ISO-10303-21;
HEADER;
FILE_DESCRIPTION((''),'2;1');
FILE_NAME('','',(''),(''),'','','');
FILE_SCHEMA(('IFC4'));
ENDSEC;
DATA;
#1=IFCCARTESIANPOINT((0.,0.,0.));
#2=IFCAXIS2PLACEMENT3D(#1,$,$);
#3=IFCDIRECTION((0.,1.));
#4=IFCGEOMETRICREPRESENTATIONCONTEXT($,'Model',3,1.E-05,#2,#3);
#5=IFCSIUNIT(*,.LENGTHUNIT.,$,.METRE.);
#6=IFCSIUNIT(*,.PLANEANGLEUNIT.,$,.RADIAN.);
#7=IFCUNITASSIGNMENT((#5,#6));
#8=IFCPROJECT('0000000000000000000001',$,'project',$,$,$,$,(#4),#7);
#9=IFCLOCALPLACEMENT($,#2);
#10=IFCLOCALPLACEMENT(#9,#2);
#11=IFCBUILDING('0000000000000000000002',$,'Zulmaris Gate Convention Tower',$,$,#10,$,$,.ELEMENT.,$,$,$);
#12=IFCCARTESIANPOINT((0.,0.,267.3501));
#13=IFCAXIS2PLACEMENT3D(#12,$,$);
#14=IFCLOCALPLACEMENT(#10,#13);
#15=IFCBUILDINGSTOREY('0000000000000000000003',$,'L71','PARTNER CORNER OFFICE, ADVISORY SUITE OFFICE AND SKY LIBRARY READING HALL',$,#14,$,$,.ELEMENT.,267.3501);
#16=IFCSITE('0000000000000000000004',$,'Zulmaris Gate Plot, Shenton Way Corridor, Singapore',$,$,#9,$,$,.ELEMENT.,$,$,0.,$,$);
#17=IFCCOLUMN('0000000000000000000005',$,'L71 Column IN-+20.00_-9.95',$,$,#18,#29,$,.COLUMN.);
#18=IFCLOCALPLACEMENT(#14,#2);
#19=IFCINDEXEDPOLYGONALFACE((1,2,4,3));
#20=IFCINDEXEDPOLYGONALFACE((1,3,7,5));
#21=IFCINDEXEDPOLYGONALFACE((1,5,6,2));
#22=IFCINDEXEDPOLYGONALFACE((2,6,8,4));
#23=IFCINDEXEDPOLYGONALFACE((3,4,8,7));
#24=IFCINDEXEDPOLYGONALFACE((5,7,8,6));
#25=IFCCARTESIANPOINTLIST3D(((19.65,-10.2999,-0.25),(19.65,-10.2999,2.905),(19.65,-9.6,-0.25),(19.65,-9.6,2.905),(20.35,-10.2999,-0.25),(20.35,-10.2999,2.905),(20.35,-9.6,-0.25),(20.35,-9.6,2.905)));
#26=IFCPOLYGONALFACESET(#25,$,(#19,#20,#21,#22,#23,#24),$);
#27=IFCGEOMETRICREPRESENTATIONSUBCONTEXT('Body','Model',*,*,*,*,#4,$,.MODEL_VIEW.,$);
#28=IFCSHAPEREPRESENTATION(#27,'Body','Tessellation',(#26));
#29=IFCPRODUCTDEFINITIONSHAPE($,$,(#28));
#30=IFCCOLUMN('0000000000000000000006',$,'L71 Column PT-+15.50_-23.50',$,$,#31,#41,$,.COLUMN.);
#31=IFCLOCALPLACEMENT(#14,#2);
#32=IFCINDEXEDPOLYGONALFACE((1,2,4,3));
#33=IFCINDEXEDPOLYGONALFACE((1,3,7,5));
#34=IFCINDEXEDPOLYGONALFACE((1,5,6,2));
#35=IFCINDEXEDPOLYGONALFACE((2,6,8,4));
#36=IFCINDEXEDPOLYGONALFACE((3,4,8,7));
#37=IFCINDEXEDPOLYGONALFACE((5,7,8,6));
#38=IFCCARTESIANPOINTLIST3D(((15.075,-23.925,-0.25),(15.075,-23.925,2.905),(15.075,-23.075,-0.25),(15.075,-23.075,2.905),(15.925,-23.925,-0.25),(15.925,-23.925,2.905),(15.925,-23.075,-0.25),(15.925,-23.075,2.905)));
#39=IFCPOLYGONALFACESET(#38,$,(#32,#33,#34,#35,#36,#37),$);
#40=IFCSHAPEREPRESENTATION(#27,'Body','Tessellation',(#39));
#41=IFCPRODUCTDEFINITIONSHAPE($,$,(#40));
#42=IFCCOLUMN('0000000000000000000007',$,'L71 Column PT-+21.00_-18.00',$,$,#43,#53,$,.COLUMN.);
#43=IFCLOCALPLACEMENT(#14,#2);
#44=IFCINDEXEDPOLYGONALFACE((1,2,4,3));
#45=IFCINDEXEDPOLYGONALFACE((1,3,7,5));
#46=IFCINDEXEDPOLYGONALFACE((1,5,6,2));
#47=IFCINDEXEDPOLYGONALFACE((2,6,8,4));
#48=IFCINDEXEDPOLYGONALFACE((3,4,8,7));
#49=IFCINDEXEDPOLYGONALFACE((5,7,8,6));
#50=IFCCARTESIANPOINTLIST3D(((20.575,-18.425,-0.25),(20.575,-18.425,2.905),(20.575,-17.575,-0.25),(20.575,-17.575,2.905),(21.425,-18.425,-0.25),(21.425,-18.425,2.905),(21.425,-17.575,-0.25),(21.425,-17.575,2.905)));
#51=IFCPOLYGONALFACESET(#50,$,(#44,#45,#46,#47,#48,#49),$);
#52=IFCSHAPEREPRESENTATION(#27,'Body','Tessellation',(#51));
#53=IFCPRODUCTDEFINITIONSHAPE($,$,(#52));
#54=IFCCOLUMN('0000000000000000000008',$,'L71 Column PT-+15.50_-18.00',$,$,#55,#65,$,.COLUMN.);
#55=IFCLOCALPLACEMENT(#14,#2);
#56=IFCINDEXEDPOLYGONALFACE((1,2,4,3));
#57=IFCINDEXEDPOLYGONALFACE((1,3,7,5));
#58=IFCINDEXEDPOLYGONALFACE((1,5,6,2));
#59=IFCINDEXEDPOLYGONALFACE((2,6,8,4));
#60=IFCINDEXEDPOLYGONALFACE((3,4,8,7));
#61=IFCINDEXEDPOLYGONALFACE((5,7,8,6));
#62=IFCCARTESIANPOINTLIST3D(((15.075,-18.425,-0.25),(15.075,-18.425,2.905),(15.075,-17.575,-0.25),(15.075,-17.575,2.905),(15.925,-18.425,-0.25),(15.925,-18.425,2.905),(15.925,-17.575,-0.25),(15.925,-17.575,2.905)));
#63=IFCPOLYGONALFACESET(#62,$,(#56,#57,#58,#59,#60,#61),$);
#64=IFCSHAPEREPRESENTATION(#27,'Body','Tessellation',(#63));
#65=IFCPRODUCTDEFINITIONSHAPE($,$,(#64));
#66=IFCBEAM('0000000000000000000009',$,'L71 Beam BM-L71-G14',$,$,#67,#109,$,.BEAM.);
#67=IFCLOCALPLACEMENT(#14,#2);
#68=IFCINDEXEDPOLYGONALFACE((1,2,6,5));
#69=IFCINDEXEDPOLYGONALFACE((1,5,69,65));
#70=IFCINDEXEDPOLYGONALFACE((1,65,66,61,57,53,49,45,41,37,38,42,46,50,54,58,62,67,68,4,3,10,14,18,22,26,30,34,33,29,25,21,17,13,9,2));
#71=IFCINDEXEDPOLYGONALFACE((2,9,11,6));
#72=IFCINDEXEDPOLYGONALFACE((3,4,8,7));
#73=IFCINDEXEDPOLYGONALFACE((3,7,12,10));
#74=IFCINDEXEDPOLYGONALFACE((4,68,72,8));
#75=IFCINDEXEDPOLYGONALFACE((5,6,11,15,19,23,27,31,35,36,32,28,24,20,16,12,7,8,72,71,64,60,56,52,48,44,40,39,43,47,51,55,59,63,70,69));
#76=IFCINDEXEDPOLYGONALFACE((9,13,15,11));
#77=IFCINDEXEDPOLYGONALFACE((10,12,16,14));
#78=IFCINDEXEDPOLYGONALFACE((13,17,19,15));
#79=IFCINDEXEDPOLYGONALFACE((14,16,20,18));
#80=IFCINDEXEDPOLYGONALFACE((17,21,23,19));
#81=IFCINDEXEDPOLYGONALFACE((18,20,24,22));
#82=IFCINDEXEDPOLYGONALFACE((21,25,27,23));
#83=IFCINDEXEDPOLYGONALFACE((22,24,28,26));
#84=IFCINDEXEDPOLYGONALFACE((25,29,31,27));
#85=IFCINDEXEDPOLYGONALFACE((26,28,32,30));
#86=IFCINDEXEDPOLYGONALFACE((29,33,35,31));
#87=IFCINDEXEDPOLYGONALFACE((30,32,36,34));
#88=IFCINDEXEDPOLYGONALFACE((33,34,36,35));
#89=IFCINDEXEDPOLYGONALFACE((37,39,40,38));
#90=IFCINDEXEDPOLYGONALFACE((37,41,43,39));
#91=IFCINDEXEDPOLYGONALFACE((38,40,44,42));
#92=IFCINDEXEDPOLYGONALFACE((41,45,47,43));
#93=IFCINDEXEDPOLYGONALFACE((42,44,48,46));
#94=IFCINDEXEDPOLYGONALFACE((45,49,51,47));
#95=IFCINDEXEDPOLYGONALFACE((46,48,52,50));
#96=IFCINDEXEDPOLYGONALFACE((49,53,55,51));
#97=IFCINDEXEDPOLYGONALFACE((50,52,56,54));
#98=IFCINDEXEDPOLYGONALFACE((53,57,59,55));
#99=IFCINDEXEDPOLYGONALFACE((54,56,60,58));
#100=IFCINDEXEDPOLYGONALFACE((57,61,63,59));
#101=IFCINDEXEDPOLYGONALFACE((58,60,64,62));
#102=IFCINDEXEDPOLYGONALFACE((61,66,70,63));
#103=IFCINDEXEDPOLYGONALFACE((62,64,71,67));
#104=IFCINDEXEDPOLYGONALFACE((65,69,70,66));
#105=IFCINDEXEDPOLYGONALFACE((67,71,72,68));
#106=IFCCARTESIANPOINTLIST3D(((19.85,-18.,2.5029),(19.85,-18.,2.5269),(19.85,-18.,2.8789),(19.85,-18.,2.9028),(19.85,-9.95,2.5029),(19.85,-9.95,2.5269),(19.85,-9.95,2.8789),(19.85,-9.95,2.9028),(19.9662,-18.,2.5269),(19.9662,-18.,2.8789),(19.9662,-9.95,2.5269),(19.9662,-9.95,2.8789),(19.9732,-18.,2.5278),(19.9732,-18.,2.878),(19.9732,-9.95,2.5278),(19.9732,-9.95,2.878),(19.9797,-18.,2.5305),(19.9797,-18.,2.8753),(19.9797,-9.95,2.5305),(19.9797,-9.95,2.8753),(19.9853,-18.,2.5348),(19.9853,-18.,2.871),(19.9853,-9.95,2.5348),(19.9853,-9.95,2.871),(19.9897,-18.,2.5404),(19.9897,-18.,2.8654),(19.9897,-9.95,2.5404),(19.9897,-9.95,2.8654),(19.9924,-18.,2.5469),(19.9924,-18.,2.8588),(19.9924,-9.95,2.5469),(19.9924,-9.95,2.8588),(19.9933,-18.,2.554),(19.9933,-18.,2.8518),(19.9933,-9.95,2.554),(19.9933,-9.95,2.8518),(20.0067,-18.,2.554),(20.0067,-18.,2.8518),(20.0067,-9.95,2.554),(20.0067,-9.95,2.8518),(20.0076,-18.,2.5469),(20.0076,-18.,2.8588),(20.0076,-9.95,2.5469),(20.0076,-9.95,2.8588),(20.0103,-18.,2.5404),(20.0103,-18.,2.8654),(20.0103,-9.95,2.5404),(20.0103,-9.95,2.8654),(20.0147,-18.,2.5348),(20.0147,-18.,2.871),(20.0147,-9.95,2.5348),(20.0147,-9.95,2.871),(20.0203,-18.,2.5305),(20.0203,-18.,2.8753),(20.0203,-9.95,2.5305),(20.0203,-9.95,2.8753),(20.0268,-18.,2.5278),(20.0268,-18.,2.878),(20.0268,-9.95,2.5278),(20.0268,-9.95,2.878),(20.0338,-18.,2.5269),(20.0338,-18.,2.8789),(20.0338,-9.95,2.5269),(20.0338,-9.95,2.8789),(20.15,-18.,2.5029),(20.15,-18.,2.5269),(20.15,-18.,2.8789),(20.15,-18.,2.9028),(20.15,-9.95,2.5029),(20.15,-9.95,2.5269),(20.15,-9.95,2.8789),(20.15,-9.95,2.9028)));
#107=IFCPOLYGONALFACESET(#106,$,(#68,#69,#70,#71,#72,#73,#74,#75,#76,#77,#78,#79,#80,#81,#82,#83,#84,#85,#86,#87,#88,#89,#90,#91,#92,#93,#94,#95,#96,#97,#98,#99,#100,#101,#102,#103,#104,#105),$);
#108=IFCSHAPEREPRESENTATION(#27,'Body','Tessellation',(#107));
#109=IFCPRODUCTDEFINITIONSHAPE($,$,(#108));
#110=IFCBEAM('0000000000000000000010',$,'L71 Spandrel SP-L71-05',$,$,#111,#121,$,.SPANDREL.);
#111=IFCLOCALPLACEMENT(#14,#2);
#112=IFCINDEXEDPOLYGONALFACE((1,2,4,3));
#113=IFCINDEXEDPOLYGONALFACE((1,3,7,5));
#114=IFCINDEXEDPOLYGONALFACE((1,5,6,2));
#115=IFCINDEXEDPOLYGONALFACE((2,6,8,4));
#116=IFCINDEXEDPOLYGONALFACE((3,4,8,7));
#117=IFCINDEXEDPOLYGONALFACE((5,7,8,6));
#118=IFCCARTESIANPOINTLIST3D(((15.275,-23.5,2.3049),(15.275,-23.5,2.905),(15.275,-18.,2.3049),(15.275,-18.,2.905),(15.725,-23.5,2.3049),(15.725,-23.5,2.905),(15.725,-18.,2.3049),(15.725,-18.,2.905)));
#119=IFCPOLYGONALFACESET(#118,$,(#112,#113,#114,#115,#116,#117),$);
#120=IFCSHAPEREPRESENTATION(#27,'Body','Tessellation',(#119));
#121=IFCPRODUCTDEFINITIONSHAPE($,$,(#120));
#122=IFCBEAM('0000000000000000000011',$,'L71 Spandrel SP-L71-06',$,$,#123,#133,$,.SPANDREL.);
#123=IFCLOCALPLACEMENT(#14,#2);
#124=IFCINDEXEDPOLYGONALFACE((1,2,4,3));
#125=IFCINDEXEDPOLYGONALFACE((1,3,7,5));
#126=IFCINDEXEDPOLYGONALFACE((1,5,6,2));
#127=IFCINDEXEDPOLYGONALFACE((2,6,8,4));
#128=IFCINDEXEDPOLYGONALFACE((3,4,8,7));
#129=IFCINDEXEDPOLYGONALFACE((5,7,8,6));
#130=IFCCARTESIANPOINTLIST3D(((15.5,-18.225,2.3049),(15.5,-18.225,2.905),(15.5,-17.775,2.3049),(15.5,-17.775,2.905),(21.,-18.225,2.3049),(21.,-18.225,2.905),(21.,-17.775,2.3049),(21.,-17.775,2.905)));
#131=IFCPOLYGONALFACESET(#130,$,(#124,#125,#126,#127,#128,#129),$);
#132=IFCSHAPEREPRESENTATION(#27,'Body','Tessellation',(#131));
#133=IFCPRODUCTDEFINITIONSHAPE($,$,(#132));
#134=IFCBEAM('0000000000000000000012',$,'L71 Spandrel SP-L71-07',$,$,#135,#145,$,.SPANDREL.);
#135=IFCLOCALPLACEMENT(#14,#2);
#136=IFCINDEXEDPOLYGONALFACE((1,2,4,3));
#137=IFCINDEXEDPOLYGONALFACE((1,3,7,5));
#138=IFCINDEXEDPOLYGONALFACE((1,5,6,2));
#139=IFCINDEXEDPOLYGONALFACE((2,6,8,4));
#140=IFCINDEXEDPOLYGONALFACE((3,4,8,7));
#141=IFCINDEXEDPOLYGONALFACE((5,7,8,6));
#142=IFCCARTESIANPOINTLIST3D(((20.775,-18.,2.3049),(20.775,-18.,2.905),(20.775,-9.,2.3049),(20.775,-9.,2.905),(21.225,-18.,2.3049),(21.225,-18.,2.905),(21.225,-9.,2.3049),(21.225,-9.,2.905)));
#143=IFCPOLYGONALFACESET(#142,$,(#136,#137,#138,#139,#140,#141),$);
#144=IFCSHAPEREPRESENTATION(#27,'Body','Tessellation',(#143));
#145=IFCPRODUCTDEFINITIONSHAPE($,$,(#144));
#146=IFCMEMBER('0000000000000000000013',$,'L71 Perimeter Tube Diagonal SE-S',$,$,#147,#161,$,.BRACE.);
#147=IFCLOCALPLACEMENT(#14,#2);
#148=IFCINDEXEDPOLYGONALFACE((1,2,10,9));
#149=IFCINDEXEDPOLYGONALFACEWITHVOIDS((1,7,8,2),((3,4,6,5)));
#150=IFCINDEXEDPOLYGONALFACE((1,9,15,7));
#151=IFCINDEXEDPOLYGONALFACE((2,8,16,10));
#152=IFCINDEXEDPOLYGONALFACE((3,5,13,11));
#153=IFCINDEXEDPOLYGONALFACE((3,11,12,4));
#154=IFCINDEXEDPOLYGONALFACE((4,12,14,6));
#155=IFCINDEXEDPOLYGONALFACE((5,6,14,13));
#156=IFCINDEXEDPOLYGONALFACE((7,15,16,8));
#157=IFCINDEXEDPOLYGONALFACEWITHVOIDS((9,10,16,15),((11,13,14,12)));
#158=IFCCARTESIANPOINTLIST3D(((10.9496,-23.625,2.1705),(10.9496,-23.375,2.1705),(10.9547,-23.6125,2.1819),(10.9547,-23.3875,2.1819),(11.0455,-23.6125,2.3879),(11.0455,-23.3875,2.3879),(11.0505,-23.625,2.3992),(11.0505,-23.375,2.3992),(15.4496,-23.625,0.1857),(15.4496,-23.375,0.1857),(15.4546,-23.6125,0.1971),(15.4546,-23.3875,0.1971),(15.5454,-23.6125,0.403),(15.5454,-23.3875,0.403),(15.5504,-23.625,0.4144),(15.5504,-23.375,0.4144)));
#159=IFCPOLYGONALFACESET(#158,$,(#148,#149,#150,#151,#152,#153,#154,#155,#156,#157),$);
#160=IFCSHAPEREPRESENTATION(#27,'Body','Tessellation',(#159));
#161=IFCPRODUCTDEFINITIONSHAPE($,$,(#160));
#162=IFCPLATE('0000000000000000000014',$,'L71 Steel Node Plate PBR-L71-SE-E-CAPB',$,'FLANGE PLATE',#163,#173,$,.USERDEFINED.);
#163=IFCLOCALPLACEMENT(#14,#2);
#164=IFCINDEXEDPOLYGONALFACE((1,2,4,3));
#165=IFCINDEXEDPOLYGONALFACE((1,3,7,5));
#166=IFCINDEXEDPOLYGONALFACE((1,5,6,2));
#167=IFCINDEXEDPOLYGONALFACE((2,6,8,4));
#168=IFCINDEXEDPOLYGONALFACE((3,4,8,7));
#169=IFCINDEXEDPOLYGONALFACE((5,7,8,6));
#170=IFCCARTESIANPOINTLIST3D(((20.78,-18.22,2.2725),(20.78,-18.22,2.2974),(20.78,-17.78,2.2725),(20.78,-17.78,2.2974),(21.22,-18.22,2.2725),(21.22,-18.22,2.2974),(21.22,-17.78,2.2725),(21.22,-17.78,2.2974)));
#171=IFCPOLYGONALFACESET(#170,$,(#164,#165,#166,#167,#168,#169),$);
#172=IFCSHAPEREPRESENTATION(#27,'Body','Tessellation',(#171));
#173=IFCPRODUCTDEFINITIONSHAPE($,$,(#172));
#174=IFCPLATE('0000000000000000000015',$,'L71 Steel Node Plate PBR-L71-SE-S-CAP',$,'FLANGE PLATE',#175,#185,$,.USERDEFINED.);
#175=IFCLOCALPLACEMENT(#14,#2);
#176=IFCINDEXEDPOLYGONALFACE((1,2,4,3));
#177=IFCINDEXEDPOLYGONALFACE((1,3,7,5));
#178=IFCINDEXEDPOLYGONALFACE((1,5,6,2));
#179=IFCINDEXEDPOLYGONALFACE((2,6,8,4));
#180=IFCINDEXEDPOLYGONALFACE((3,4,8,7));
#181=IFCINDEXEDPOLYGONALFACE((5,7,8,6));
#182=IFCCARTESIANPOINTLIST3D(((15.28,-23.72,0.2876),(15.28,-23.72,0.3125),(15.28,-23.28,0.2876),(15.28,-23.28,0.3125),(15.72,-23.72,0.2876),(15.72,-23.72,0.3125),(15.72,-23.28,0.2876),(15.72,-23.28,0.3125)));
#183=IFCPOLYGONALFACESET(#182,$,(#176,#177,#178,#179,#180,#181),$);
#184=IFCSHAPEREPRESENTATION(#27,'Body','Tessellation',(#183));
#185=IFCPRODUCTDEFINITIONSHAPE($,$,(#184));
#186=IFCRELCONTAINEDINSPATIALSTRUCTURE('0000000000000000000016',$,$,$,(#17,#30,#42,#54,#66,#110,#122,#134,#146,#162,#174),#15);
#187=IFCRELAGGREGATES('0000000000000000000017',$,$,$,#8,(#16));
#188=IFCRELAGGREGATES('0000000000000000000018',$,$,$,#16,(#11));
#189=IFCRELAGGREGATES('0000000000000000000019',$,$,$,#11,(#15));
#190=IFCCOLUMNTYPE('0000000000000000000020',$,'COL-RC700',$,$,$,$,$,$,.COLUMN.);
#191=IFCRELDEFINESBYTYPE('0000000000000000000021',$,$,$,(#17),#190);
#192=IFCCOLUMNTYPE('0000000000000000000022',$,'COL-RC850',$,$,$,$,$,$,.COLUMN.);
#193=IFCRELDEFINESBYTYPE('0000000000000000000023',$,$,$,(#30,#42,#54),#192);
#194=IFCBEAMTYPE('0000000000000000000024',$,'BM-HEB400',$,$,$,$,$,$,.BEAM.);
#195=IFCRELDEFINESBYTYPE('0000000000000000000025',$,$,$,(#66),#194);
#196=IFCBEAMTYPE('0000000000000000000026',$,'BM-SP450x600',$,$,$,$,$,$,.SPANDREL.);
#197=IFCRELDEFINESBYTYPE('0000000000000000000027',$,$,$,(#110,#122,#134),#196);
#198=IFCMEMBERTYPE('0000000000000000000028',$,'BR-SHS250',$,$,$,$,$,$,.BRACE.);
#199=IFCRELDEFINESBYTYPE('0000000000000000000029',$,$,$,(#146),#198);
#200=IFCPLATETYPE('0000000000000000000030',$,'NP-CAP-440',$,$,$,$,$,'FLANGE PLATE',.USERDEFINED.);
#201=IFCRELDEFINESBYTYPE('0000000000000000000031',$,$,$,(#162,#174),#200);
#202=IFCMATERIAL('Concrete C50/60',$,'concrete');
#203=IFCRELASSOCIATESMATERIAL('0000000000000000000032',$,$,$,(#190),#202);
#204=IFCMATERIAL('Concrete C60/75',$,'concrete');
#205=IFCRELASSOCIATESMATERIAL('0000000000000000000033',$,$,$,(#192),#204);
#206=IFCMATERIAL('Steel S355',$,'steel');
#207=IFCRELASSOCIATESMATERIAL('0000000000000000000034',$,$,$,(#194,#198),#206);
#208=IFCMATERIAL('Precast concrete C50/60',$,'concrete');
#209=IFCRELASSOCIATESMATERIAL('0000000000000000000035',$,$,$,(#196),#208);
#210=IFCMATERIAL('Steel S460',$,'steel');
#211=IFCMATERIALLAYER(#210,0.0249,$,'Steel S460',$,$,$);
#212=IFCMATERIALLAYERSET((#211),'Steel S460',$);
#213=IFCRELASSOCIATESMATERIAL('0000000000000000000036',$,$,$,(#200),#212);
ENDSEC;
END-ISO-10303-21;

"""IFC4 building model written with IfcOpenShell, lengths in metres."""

from ifc_helpers import new_model, si_unit, direction, frame, origin, origin_2d, place, context, subcontext, project, spatial, rectangle, hollow_rectangle, i_section, extrude, material, layer, layer_set, material_profile, profile_set, type_object, element, save


model = new_model("IFC4")

# Units and contexts
model_context = context("Model", 3, precision=1e-05, world=origin(), true_north=direction((0.0, 1.0)))
body_context = subcontext(model_context, "Body", "Model", "MODEL_VIEW")
ifc_project = project(units=[si_unit("LENGTHUNIT", "METRE"), si_unit("PLANEANGLEUNIT", "RADIAN")], contexts=[model_context])

# Site, building, storey
site_placement = place(None, origin())
site = spatial("IfcSite", under=ifc_project, at=site_placement, Name="Zulmaris Gate Plot, Shenton Way Corridor, Singapore", CompositionType="ELEMENT", RefElevation=0.0)
building_placement = place(site_placement, origin())
building = spatial("IfcBuilding", under=site, at=building_placement, Name="Zulmaris Gate Convention Tower", CompositionType="ELEMENT")
storey_placement = place(building_placement, frame((0.0, 0.0, 267.3501)))
storey = spatial("IfcBuildingStorey", under=building, at=storey_placement, Name="L71", Description="PARTNER CORNER OFFICE, ADVISORY SUITE OFFICE AND SKY LIBRARY READING HALL", CompositionType="ELEMENT", Elevation=267.3501)

# Columns
ifc_material_1 = material(Name="Concrete C50/60", Category="concrete")
ifc_material_profile_1 = material_profile(ifc_material_1, rectangle(XDim=0.7, YDim=0.7, at=origin_2d()), Name="RC COL 700x700")
ifc_profile_set_1 = profile_set([ifc_material_profile_1], Name="Concrete C50/60")
column_type_1 = type_object("IfcColumnType", Name="COL-RC700", PredefinedType="COLUMN", material=ifc_profile_set_1)
column_placement = place(storey_placement, frame((20.0, -9.95, -0.25), z_axis=(0.0, 0.0, 1.0), x_axis=(1.0, 0.0, 0.0)))
element("IfcColumn", 1, at=column_placement, inside=storey, type_object=column_type_1, Name="L71 Column IN-+20.00_-9.95", PredefinedType="COLUMN", context=body_context, shape_type="SweptSolid", body=[
    extrude(rectangle(XDim=0.7, YDim=0.7, at=origin_2d()), origin(), (0.0, 0.0, 1.0), 3.155),
])
ifc_material_2 = material(Name="Concrete C60/75", Category="concrete")
ifc_material_profile_2 = material_profile(ifc_material_2, rectangle(XDim=0.8501, YDim=0.8501, at=origin_2d()), Name="RC COL 850x850")
ifc_profile_set_2 = profile_set([ifc_material_profile_2], Name="Concrete C60/75")
column_type_2 = type_object("IfcColumnType", Name="COL-RC850", PredefinedType="COLUMN", material=ifc_profile_set_2)
for number, where, z_axis, x_axis, name in (
    (2, (15.5, -23.5, -0.25), (0.0, 0.0, 1.0), (1.0, 0.0, 0.0), "L71 Column PT-+15.50_-23.50"),
    (3, (21.0, -18.0, -0.25), (0.0, 0.0, 1.0), (1.0, 0.0, 0.0), "L71 Column PT-+21.00_-18.00"),
    (4, (15.5, -18.0, -0.25), (0.0, 0.0, 1.0), (1.0, 0.0, 0.0), "L71 Column PT-+15.50_-18.00"),
):
    element("IfcColumn", number, at=place(storey_placement, frame(where, z_axis=z_axis, x_axis=x_axis)), inside=storey, type_object=column_type_2, Name=name, PredefinedType="COLUMN", context=body_context, shape_type="SweptSolid", body=[
        extrude(rectangle(XDim=0.8501, YDim=0.8501, at=origin_2d()), origin(), (0.0, 0.0, 1.0), 3.155),
    ])

# Beams
ifc_material_3 = material(Name="Steel S355", Category="steel")
ifc_material_profile_3 = material_profile(ifc_material_3, i_section(OverallWidth=0.3, OverallDepth=0.3999, WebThickness=0.0134, FlangeThickness=0.0239, FilletRadius=0.0271, at=origin_2d()), Name="HEB 400")
ifc_profile_set_3 = profile_set([ifc_material_profile_3], Name="Steel S355")
beam_type_1 = type_object("IfcBeamType", Name="BM-HEB400", PredefinedType="BEAM", material=ifc_profile_set_3)
beam_1_placement = place(storey_placement, frame((20.0, -18.0, 2.7029), z_axis=(0.0, 1.0, 0.0), x_axis=(-1.0, 0.0, 0.0)))
element("IfcBeam", 5, at=beam_1_placement, inside=storey, type_object=beam_type_1, Name="L71 Beam BM-L71-G14", PredefinedType="BEAM", context=body_context, shape_type="SweptSolid", body=[
    extrude(i_section(OverallWidth=0.3, OverallDepth=0.3999, WebThickness=0.0134, FlangeThickness=0.0239, FilletRadius=0.0271, at=origin_2d()), origin(), (0.0, 0.0, 1.0), 8.05),
])
ifc_material_4 = material(Name="Precast concrete C50/60", Category="concrete")
ifc_material_profile_4 = material_profile(ifc_material_4, rectangle(XDim=0.45, YDim=0.6001, at=origin_2d()), Name="RC SPANDREL 450x600")
ifc_profile_set_4 = profile_set([ifc_material_profile_4], Name="Precast concrete C50/60")
beam_type_2 = type_object("IfcBeamType", Name="BM-SP450x600", PredefinedType="SPANDREL", material=ifc_profile_set_4)
for number, where, z_axis, x_axis, name in (
    (6, (15.5, -23.5, 2.605), (0.0, 1.0, 0.0), (-1.0, 0.0, 0.0), "L71 Spandrel SP-L71-05"),
    (7, (15.5, -18.0, 2.605), (1.0, 0.0, 0.0), (0.0, 1.0, 0.0), "L71 Spandrel SP-L71-06"),
):
    element("IfcBeam", number, at=place(storey_placement, frame(where, z_axis=z_axis, x_axis=x_axis)), inside=storey, type_object=beam_type_2, Name=name, PredefinedType="SPANDREL", context=body_context, shape_type="SweptSolid", body=[
        extrude(rectangle(XDim=0.45, YDim=0.6001, at=origin_2d()), origin(), (0.0, 0.0, 1.0), 5.5),
    ])
beam_2_placement = place(storey_placement, frame((21.0, -18.0, 2.605), z_axis=(0.0, 1.0, 0.0), x_axis=(-1.0, 0.0, 0.0)))
element("IfcBeam", 8, at=beam_2_placement, inside=storey, type_object=beam_type_2, Name="L71 Spandrel SP-L71-07", PredefinedType="SPANDREL", context=body_context, shape_type="SweptSolid", body=[
    extrude(rectangle(XDim=0.45, YDim=0.6001, at=origin_2d()), origin(), (0.0, 0.0, 1.0), 9.0),
])

# Member
ifc_material_profile_5 = material_profile(ifc_material_3, hollow_rectangle(XDim=0.25, YDim=0.25, WallThickness=0.0125, at=origin_2d()), Name="SHS 250x250x12.5")
ifc_profile_set_5 = profile_set([ifc_material_profile_5], Name="Steel S355")
member_type = type_object("IfcMemberType", Name="BR-SHS250", PredefinedType="BRACE", material=ifc_profile_set_5)
member_placement = place(storey_placement, frame((15.5, -23.5, 0.3), z_axis=(-0.91495, 0.0, 0.403567), x_axis=(0.0, -1.0, 0.0)))
element("IfcMember", 9, at=member_placement, inside=storey, type_object=member_type, Name="L71 Perimeter Tube Diagonal SE-S", PredefinedType="BRACE", context=body_context, shape_type="SweptSolid", body=[
    extrude(hollow_rectangle(XDim=0.25, YDim=0.25, WallThickness=0.0125, at=origin_2d()), origin(), (0.0, 0.0, 1.0), 4.9182),
])

# Plates
ifc_material_5 = material(Name="Steel S460", Category="steel")
ifc_layer_1 = layer(ifc_material_5, 0.0249, Name="Steel S460")
ifc_layer_set_1 = layer_set([ifc_layer_1], Name="Steel S460")
plate_type = type_object("IfcPlateType", Name="NP-CAP-440", ElementType="FLANGE PLATE", PredefinedType="USERDEFINED", material=ifc_layer_set_1)
for number, where, z_axis, x_axis, name in (
    (10, (21.0, -18.0, 2.2725), (0.0, 0.0, 1.0), (1.0, 0.0, 0.0), "L71 Steel Node Plate PBR-L71-SE-E-CAPB"),
    (11, (15.5, -23.5, 0.2876), (0.0, 0.0, 1.0), (1.0, 0.0, 0.0), "L71 Steel Node Plate PBR-L71-SE-S-CAP"),
):
    element("IfcPlate", number, at=place(storey_placement, frame(where, z_axis=z_axis, x_axis=x_axis)), inside=storey, type_object=plate_type, Name=name, ObjectType="FLANGE PLATE", PredefinedType="USERDEFINED", context=body_context, shape_type="SweptSolid", body=[
        extrude(rectangle(XDim=0.4399, YDim=0.4399, at=origin_2d()), origin(), (0.0, 0.0, 1.0), 0.0249),
    ])

save(model, "model.ifc")
